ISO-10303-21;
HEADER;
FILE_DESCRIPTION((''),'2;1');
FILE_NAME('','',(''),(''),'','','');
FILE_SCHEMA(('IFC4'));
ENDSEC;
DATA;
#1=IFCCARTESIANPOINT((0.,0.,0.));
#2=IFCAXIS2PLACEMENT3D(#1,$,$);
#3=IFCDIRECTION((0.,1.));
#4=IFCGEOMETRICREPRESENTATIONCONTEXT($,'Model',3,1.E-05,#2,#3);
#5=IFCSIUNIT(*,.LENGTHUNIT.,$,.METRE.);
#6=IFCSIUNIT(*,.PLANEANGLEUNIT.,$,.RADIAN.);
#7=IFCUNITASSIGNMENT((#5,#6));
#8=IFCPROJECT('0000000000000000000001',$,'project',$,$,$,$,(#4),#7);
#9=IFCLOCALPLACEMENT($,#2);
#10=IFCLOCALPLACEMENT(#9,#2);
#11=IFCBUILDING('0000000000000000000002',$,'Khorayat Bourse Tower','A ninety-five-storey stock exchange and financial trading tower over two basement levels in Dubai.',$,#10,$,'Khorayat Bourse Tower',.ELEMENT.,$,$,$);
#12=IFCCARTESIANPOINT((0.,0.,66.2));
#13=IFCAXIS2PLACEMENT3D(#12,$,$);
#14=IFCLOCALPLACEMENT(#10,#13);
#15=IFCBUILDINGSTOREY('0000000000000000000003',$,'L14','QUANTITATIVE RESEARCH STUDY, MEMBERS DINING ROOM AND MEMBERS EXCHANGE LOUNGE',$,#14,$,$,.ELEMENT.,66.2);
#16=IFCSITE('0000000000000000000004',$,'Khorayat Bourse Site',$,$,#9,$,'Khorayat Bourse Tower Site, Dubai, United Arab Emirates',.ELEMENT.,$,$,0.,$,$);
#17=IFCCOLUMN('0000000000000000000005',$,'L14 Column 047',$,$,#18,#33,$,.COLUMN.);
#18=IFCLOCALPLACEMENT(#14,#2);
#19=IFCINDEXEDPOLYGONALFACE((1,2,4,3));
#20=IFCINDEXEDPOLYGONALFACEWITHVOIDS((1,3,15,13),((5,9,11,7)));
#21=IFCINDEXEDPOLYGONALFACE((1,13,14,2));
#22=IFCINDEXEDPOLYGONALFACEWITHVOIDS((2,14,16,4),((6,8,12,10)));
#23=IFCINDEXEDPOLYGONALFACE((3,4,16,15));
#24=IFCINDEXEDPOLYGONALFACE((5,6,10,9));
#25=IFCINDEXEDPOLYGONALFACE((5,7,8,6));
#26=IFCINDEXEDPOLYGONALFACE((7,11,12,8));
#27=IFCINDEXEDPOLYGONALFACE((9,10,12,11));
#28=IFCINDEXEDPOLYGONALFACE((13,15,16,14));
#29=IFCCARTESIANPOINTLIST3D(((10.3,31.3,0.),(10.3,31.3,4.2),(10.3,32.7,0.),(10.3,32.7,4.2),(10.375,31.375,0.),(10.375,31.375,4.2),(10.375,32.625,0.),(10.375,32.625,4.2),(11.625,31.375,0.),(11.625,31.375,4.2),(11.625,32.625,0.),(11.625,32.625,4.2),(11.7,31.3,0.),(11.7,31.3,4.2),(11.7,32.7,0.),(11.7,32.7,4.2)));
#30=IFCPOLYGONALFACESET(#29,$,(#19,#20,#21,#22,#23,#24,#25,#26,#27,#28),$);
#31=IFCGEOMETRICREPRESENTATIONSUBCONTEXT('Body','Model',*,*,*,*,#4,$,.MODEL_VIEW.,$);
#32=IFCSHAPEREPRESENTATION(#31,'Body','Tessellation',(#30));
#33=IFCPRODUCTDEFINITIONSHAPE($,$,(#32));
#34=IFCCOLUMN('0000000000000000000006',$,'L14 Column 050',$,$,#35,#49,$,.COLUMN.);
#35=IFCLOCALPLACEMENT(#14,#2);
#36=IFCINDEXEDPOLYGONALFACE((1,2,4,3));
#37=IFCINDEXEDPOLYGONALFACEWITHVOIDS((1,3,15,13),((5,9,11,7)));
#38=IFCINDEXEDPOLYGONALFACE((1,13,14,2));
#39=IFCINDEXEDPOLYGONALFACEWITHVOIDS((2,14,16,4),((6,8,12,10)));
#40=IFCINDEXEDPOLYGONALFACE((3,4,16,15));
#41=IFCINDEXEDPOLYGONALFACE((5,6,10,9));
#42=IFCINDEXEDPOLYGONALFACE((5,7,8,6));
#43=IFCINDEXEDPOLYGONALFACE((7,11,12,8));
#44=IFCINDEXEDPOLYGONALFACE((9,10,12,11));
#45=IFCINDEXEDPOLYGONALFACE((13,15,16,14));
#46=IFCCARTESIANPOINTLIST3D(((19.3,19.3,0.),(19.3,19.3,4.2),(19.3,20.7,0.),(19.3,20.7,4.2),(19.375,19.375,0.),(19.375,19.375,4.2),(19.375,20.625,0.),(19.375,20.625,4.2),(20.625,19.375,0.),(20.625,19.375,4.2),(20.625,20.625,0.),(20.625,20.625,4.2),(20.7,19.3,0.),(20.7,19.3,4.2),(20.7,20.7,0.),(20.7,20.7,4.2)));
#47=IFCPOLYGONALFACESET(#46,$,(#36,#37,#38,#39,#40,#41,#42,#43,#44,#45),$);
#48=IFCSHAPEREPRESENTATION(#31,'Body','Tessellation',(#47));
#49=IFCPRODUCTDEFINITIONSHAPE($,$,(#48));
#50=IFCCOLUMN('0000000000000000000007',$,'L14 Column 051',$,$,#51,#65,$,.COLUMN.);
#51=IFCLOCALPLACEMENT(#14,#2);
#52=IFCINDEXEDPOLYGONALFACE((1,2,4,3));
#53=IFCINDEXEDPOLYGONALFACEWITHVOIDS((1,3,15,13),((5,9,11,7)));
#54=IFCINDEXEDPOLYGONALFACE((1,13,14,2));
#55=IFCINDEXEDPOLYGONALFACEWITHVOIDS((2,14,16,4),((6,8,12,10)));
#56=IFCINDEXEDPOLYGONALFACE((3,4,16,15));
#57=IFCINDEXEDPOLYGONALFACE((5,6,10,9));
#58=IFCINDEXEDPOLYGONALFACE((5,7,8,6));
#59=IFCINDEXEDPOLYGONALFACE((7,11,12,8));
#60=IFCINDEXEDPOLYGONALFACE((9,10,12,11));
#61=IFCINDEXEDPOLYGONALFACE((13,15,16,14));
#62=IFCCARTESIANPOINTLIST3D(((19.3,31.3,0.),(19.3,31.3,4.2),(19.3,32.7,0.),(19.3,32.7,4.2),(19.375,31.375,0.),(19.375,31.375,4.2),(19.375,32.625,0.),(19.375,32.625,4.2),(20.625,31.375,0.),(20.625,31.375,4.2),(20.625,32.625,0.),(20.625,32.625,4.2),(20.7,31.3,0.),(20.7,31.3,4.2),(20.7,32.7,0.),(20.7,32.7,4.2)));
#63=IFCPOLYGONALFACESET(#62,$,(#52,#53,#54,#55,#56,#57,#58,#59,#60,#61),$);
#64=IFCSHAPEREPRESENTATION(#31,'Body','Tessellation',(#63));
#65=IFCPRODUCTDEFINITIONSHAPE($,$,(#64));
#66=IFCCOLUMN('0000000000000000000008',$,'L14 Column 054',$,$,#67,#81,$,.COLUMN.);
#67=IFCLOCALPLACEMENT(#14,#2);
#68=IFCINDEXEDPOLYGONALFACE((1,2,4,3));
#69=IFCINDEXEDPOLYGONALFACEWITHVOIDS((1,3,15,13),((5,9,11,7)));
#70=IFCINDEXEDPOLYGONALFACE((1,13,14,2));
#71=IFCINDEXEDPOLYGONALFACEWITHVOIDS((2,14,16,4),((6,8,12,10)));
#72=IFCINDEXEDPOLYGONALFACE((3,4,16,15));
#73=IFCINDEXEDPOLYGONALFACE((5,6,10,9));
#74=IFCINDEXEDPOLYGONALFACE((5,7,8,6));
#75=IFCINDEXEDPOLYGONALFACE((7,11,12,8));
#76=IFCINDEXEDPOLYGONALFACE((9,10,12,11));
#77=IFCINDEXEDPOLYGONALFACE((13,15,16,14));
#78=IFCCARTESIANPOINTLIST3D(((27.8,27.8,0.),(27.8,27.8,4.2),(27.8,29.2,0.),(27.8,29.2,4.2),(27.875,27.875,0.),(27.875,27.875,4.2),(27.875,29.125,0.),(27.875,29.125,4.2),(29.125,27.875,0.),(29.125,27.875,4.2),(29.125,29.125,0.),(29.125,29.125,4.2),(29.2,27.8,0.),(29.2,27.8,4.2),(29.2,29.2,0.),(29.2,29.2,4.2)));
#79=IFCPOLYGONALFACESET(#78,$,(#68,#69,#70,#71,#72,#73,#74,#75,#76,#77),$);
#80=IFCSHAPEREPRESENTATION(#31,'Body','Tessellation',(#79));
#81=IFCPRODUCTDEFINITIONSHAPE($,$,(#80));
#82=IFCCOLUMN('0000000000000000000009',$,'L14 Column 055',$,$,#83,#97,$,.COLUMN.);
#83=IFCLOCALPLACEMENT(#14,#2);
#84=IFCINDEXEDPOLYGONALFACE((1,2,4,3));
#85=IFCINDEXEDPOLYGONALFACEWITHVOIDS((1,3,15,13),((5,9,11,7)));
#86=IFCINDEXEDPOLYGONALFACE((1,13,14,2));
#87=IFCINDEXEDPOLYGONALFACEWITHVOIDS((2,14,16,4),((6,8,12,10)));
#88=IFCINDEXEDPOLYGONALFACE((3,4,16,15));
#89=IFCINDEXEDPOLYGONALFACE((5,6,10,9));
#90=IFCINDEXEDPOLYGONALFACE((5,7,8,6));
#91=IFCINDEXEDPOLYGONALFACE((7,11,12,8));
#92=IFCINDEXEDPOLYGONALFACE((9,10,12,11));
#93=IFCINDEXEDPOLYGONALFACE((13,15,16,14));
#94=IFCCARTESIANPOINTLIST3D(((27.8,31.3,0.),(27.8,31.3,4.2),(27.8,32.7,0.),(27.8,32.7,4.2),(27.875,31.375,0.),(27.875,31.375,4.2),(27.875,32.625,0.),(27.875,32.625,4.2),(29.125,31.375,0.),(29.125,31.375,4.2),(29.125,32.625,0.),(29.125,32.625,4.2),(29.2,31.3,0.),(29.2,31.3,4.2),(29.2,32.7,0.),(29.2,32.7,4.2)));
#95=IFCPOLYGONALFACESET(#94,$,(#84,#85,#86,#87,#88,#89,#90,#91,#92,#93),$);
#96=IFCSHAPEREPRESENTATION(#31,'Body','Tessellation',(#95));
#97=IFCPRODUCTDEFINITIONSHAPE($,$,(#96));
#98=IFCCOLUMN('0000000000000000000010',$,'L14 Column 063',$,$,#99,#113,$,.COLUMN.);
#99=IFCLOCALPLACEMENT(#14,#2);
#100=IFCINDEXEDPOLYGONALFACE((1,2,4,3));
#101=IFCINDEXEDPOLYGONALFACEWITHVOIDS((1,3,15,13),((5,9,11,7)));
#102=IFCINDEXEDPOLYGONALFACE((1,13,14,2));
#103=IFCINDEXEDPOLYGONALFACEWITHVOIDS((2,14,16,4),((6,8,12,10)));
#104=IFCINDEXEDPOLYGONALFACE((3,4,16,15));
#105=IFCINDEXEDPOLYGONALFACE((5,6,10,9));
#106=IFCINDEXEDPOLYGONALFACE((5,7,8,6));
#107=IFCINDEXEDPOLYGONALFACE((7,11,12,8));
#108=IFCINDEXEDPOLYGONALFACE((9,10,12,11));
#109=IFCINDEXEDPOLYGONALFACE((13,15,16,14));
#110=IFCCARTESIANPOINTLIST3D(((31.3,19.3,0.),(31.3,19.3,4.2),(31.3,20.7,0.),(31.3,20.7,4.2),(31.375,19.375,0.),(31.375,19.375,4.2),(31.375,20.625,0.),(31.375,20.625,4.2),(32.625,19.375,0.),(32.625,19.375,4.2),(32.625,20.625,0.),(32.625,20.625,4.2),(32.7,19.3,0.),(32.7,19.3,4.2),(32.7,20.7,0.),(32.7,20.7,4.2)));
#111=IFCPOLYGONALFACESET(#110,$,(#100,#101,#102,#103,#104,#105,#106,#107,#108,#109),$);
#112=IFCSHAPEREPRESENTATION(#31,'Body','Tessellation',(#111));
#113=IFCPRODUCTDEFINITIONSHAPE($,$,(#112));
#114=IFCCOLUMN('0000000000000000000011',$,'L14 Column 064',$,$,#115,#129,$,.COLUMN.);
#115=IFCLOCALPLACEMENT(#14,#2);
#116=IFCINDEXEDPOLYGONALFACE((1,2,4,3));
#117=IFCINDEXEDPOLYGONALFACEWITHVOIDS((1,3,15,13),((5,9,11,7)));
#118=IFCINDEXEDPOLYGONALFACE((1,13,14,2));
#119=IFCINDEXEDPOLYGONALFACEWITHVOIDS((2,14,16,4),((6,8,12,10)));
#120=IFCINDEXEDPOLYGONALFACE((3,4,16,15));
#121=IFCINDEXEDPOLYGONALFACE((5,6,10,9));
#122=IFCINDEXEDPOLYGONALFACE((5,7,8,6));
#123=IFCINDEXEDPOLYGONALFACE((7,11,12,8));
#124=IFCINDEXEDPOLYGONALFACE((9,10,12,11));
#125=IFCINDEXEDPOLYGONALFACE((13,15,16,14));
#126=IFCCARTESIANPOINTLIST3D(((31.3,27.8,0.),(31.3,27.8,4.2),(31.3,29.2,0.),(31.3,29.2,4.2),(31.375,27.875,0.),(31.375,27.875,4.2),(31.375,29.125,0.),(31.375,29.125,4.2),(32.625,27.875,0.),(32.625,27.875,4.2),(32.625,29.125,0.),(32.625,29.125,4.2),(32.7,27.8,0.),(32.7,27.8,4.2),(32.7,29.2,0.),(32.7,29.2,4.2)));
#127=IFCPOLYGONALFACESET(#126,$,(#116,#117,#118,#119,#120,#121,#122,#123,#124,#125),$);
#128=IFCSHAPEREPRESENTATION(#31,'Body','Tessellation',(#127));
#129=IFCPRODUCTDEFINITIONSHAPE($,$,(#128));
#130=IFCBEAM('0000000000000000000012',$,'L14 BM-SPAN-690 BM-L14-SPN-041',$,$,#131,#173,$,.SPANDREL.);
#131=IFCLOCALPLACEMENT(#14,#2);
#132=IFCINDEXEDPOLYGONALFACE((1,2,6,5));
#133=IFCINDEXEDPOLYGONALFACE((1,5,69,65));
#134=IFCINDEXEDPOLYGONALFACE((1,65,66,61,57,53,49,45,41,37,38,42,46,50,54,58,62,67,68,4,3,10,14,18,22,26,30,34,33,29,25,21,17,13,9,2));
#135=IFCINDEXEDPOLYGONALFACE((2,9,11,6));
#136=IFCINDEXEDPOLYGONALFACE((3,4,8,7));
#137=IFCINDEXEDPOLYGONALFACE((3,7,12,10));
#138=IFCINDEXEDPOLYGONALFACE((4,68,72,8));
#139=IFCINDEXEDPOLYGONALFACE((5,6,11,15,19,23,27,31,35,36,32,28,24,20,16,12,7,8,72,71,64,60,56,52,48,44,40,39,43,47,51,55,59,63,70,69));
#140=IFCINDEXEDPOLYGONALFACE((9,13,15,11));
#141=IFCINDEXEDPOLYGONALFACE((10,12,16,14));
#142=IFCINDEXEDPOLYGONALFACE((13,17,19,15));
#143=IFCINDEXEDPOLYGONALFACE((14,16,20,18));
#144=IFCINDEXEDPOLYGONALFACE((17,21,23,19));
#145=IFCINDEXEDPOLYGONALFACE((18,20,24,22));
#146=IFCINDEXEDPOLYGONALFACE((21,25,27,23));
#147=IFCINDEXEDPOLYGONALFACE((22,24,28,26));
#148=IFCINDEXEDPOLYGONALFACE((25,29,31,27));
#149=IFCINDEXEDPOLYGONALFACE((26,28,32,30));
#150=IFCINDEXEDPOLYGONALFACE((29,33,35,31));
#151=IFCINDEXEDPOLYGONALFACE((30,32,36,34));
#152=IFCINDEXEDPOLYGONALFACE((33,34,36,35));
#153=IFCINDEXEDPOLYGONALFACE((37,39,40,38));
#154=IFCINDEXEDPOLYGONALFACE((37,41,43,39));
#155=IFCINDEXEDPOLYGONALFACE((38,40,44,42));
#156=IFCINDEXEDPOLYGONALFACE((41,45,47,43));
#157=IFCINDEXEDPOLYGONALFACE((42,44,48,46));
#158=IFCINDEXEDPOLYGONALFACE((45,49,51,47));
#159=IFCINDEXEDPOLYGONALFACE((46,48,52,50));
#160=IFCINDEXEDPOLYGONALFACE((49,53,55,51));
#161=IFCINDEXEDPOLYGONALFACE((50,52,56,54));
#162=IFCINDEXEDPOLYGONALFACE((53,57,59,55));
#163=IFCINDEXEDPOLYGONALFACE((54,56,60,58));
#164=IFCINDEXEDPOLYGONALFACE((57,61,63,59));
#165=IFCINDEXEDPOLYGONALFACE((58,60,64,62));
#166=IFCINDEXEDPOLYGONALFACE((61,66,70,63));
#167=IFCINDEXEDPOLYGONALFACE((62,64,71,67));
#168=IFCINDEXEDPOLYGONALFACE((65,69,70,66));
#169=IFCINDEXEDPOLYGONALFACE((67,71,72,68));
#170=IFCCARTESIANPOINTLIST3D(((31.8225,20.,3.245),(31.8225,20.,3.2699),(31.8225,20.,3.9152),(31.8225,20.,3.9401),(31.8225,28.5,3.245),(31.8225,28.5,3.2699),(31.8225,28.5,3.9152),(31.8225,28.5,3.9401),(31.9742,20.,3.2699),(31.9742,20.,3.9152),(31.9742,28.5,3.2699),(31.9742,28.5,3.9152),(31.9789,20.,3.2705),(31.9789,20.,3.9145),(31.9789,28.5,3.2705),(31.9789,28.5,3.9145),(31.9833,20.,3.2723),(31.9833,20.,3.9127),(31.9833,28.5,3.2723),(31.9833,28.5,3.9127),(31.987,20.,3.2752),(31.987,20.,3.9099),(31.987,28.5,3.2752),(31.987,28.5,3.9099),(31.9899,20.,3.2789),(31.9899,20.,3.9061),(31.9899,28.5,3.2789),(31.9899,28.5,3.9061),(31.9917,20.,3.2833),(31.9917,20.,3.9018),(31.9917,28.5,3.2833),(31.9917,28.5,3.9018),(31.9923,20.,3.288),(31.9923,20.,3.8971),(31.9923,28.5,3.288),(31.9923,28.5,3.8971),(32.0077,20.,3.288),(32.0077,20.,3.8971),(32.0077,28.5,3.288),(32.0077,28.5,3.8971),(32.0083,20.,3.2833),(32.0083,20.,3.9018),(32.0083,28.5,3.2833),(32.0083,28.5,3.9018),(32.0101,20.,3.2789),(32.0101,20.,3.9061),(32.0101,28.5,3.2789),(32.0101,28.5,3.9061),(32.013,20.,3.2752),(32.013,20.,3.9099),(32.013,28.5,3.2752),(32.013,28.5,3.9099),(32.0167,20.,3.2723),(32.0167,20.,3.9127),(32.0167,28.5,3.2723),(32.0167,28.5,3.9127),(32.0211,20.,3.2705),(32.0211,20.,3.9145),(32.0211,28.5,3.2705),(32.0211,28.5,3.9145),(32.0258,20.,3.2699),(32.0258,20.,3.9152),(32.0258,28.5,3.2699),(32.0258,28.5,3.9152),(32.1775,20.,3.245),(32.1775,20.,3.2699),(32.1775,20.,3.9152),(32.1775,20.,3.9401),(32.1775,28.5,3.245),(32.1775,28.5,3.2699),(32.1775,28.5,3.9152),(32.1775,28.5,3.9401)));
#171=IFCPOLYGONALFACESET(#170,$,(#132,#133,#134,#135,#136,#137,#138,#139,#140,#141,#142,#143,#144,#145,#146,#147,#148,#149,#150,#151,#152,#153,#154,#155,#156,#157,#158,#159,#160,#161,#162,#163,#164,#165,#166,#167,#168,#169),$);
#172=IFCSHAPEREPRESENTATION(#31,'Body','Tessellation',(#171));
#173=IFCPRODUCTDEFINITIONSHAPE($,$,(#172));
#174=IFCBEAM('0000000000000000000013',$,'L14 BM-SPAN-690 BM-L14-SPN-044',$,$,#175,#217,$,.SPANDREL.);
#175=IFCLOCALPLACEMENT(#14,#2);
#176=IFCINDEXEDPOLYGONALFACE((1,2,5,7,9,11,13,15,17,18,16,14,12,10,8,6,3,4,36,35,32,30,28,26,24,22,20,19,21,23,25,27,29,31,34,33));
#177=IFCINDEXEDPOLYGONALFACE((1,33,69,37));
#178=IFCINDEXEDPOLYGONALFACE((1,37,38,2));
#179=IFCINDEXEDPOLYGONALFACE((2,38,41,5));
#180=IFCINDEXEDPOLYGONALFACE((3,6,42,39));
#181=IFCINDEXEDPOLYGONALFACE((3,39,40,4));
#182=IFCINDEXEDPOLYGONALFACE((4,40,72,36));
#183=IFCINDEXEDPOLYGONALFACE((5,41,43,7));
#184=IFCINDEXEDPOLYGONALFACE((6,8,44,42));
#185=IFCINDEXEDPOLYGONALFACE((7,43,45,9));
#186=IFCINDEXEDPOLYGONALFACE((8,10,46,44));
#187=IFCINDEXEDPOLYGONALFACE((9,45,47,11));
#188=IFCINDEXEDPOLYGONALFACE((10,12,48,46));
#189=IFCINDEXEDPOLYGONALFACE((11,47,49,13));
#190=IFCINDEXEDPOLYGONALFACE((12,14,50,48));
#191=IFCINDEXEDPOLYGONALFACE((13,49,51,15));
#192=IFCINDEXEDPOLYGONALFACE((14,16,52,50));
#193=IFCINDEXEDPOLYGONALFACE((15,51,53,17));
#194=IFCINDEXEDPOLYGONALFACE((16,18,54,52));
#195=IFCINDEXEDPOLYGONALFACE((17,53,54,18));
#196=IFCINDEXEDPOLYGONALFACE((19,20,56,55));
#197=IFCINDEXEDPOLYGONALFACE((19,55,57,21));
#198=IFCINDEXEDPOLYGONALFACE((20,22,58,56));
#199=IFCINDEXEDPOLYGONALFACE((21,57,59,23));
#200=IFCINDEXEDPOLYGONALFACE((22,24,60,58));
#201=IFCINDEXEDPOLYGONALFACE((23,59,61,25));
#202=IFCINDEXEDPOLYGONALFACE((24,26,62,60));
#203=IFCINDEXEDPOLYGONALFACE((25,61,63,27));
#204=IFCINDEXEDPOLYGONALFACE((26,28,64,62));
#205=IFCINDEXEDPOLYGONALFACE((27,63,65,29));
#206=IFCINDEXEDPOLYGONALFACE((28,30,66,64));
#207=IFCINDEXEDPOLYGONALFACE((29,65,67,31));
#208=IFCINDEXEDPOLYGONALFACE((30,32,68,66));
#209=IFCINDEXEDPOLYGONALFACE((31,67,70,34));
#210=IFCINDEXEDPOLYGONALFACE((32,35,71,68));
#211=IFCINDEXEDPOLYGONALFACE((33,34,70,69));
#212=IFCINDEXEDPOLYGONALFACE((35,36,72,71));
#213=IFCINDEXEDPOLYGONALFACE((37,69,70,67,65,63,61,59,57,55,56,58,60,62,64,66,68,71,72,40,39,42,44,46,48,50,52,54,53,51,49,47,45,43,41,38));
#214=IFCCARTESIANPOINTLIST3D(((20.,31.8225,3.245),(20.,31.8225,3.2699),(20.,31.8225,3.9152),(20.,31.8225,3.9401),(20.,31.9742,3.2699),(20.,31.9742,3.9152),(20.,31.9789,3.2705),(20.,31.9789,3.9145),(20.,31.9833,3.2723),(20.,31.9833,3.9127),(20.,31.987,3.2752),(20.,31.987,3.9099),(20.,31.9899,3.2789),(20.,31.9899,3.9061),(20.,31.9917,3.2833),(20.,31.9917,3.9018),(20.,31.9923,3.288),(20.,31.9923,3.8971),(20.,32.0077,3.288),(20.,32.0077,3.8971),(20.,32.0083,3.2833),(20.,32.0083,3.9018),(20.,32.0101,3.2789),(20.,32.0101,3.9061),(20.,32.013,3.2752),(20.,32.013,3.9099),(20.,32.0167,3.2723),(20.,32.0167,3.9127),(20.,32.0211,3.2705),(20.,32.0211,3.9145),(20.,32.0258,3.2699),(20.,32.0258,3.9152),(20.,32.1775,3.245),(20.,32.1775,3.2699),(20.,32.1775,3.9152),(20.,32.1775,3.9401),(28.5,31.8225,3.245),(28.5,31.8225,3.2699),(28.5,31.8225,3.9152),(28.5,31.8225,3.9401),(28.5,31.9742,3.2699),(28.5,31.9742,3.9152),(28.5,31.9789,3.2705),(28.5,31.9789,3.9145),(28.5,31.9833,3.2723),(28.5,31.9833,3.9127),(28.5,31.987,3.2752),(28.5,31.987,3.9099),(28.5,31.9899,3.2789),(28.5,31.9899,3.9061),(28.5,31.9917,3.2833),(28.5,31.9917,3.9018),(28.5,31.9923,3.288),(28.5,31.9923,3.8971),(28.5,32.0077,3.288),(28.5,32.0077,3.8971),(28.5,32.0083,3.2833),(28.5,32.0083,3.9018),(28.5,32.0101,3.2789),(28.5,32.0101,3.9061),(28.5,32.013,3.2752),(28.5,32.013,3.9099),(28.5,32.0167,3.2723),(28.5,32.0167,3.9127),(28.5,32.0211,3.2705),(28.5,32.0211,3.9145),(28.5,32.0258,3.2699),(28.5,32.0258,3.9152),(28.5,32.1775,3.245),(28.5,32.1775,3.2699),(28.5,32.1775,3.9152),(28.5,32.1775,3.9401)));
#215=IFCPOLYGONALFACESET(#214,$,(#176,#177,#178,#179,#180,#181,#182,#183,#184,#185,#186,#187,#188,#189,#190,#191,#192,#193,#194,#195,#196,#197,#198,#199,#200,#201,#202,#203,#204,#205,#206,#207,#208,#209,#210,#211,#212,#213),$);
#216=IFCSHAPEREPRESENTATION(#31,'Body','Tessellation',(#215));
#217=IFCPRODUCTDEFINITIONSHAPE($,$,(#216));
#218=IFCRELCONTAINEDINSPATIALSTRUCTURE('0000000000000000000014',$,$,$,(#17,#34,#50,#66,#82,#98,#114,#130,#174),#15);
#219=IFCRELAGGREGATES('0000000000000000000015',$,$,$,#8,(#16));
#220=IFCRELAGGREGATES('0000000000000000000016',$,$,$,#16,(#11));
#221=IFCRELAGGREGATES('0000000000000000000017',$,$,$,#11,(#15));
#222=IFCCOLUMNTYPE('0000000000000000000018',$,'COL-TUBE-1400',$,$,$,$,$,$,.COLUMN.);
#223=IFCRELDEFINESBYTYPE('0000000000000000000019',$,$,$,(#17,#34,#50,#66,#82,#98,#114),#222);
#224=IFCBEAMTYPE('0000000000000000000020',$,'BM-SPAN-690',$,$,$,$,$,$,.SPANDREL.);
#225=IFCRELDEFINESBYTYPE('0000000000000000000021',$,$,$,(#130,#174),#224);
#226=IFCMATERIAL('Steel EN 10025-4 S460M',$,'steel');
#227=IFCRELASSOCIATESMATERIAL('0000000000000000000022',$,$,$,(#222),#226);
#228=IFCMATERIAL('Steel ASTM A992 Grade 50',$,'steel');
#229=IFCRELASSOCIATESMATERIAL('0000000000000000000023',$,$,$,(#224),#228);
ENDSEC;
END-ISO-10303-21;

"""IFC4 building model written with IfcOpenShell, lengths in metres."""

from ifc_helpers import new_model, si_unit, direction, frame, origin, origin_2d, place, context, subcontext, project, spatial, hollow_rectangle, i_section, extrude, source, transform, mapped, material, material_profile, profile_set, type_object, element, save


model = new_model("IFC4")

# Units and contexts
model_context = context("Model", 3, precision=1e-05, world=origin(), true_north=direction((0.0, 1.0)))
body_context = subcontext(model_context, "Body", "Model", "MODEL_VIEW")
ifc_project = project(units=[si_unit("LENGTHUNIT", "METRE"), si_unit("PLANEANGLEUNIT", "RADIAN")], contexts=[model_context])

# Site, building, storey
site_placement = place(None, origin())
site = spatial("IfcSite", under=ifc_project, at=site_placement, Name="Khorayat Bourse Site", LongName="Khorayat Bourse Tower Site, Dubai, United Arab Emirates", CompositionType="ELEMENT", RefElevation=0.0)
building_placement = place(site_placement, origin())
building = spatial("IfcBuilding", under=site, at=building_placement, Name="Khorayat Bourse Tower", Description="A ninety-five-storey stock exchange and financial trading tower over two basement levels in Dubai.", LongName="Khorayat Bourse Tower", CompositionType="ELEMENT")
storey_placement = place(building_placement, frame((0.0, 0.0, 66.2)))
storey = spatial("IfcBuildingStorey", under=building, at=storey_placement, Name="L14", Description="QUANTITATIVE RESEARCH STUDY, MEMBERS DINING ROOM AND MEMBERS EXCHANGE LOUNGE", CompositionType="ELEMENT", Elevation=66.2)

# Columns
ifc_material_1 = material(Name="Steel EN 10025-4 S460M", Category="steel")
ifc_material_profile_1 = material_profile(ifc_material_1, hollow_rectangle(XDim=1.3999, YDim=1.3999, WallThickness=0.075, at=origin_2d()), Name="BOX 1400x1400x75")
ifc_profile_set_1 = profile_set([ifc_material_profile_1], Name="Steel EN 10025-4 S460M")
column_type = type_object("IfcColumnType", Name="COL-TUBE-1400", PredefinedType="COLUMN", material=ifc_profile_set_1)
shared_shape_1 = source(origin(), body_context, "Body", "SweptSolid", [
    extrude(hollow_rectangle(XDim=1.3999, YDim=1.3999, WallThickness=0.075, at=origin_2d()), origin(), (0.0, 0.0, 1.0), 4.2),
])
for number, where, z_axis, x_axis, name in (
    (1, (11.0, 32.0, 0.0), (0.0, 0.0, 1.0), (1.0, 0.0, 0.0), "L14 Column 047"),
    (2, (20.0, 20.0, 0.0), (0.0, 0.0, 1.0), (1.0, 0.0, 0.0), "L14 Column 050"),
    (3, (20.0, 32.0, 0.0), (0.0, 0.0, 1.0), (1.0, 0.0, 0.0), "L14 Column 051"),
    (4, (28.5, 28.5, 0.0), (0.0, 0.0, 1.0), (1.0, 0.0, 0.0), "L14 Column 054"),
    (5, (28.5, 32.0, 0.0), (0.0, 0.0, 1.0), (1.0, 0.0, 0.0), "L14 Column 055"),
    (6, (32.0, 20.0, 0.0), (0.0, 0.0, 1.0), (1.0, 0.0, 0.0), "L14 Column 063"),
    (7, (32.0, 28.5, 0.0), (0.0, 0.0, 1.0), (1.0, 0.0, 0.0), "L14 Column 064"),
):
    element("IfcColumn", number, at=place(storey_placement, frame(where, z_axis=z_axis, x_axis=x_axis)), inside=storey, type_object=column_type, Name=name, PredefinedType="COLUMN", context=body_context, shape_type="MappedRepresentation", body=[
        mapped(shared_shape_1, transform((0.0, 0.0, 0.0), scale=1.0)),
    ])

# Beams
ifc_material_2 = material(Name="Steel ASTM A992 Grade 50", Category="steel")
ifc_material_profile_2 = material_profile(ifc_material_2, i_section(OverallWidth=0.355, OverallDepth=0.6951, WebThickness=0.0154, FlangeThickness=0.0249, FilletRadius=0.0181, at=origin_2d()), Name="W690X217")
ifc_profile_set_2 = profile_set([ifc_material_profile_2], Name="Steel ASTM A992 Grade 50")
beam_type_1 = type_object("IfcBeamType", Name="BM-SPAN-690", PredefinedType="SPANDREL", material=ifc_profile_set_2)
shared_shape_2 = source(origin(), body_context, "Body", "SweptSolid", [
    extrude(i_section(OverallWidth=0.355, OverallDepth=0.6951, WebThickness=0.0154, FlangeThickness=0.0249, FilletRadius=0.0181, at=origin_2d()), origin(), (0.0, 0.0, 1.0), 8.5),
])
for number, where, z_axis, x_axis, name in (
    (8, (32.0, 20.0, 3.5925), (0.0, 1.0, 0.0), (-1.0, 0.0, 0.0), "L14 BM-SPAN-690 BM-L14-SPN-041"),
    (9, (20.0, 32.0, 3.5925), (1.0, 0.0, 0.0), (0.0, 1.0, 0.0), "L14 BM-SPAN-690 BM-L14-SPN-044"),
):
    element("IfcBeam", number, at=place(storey_placement, frame(where, z_axis=z_axis, x_axis=x_axis)), inside=storey, type_object=beam_type_1, Name=name, PredefinedType="SPANDREL", context=body_context, shape_type="MappedRepresentation", body=[
        mapped(shared_shape_2, transform((0.0, 0.0, 0.0), scale=1.0)),
    ])

save(model, "model.ifc")
